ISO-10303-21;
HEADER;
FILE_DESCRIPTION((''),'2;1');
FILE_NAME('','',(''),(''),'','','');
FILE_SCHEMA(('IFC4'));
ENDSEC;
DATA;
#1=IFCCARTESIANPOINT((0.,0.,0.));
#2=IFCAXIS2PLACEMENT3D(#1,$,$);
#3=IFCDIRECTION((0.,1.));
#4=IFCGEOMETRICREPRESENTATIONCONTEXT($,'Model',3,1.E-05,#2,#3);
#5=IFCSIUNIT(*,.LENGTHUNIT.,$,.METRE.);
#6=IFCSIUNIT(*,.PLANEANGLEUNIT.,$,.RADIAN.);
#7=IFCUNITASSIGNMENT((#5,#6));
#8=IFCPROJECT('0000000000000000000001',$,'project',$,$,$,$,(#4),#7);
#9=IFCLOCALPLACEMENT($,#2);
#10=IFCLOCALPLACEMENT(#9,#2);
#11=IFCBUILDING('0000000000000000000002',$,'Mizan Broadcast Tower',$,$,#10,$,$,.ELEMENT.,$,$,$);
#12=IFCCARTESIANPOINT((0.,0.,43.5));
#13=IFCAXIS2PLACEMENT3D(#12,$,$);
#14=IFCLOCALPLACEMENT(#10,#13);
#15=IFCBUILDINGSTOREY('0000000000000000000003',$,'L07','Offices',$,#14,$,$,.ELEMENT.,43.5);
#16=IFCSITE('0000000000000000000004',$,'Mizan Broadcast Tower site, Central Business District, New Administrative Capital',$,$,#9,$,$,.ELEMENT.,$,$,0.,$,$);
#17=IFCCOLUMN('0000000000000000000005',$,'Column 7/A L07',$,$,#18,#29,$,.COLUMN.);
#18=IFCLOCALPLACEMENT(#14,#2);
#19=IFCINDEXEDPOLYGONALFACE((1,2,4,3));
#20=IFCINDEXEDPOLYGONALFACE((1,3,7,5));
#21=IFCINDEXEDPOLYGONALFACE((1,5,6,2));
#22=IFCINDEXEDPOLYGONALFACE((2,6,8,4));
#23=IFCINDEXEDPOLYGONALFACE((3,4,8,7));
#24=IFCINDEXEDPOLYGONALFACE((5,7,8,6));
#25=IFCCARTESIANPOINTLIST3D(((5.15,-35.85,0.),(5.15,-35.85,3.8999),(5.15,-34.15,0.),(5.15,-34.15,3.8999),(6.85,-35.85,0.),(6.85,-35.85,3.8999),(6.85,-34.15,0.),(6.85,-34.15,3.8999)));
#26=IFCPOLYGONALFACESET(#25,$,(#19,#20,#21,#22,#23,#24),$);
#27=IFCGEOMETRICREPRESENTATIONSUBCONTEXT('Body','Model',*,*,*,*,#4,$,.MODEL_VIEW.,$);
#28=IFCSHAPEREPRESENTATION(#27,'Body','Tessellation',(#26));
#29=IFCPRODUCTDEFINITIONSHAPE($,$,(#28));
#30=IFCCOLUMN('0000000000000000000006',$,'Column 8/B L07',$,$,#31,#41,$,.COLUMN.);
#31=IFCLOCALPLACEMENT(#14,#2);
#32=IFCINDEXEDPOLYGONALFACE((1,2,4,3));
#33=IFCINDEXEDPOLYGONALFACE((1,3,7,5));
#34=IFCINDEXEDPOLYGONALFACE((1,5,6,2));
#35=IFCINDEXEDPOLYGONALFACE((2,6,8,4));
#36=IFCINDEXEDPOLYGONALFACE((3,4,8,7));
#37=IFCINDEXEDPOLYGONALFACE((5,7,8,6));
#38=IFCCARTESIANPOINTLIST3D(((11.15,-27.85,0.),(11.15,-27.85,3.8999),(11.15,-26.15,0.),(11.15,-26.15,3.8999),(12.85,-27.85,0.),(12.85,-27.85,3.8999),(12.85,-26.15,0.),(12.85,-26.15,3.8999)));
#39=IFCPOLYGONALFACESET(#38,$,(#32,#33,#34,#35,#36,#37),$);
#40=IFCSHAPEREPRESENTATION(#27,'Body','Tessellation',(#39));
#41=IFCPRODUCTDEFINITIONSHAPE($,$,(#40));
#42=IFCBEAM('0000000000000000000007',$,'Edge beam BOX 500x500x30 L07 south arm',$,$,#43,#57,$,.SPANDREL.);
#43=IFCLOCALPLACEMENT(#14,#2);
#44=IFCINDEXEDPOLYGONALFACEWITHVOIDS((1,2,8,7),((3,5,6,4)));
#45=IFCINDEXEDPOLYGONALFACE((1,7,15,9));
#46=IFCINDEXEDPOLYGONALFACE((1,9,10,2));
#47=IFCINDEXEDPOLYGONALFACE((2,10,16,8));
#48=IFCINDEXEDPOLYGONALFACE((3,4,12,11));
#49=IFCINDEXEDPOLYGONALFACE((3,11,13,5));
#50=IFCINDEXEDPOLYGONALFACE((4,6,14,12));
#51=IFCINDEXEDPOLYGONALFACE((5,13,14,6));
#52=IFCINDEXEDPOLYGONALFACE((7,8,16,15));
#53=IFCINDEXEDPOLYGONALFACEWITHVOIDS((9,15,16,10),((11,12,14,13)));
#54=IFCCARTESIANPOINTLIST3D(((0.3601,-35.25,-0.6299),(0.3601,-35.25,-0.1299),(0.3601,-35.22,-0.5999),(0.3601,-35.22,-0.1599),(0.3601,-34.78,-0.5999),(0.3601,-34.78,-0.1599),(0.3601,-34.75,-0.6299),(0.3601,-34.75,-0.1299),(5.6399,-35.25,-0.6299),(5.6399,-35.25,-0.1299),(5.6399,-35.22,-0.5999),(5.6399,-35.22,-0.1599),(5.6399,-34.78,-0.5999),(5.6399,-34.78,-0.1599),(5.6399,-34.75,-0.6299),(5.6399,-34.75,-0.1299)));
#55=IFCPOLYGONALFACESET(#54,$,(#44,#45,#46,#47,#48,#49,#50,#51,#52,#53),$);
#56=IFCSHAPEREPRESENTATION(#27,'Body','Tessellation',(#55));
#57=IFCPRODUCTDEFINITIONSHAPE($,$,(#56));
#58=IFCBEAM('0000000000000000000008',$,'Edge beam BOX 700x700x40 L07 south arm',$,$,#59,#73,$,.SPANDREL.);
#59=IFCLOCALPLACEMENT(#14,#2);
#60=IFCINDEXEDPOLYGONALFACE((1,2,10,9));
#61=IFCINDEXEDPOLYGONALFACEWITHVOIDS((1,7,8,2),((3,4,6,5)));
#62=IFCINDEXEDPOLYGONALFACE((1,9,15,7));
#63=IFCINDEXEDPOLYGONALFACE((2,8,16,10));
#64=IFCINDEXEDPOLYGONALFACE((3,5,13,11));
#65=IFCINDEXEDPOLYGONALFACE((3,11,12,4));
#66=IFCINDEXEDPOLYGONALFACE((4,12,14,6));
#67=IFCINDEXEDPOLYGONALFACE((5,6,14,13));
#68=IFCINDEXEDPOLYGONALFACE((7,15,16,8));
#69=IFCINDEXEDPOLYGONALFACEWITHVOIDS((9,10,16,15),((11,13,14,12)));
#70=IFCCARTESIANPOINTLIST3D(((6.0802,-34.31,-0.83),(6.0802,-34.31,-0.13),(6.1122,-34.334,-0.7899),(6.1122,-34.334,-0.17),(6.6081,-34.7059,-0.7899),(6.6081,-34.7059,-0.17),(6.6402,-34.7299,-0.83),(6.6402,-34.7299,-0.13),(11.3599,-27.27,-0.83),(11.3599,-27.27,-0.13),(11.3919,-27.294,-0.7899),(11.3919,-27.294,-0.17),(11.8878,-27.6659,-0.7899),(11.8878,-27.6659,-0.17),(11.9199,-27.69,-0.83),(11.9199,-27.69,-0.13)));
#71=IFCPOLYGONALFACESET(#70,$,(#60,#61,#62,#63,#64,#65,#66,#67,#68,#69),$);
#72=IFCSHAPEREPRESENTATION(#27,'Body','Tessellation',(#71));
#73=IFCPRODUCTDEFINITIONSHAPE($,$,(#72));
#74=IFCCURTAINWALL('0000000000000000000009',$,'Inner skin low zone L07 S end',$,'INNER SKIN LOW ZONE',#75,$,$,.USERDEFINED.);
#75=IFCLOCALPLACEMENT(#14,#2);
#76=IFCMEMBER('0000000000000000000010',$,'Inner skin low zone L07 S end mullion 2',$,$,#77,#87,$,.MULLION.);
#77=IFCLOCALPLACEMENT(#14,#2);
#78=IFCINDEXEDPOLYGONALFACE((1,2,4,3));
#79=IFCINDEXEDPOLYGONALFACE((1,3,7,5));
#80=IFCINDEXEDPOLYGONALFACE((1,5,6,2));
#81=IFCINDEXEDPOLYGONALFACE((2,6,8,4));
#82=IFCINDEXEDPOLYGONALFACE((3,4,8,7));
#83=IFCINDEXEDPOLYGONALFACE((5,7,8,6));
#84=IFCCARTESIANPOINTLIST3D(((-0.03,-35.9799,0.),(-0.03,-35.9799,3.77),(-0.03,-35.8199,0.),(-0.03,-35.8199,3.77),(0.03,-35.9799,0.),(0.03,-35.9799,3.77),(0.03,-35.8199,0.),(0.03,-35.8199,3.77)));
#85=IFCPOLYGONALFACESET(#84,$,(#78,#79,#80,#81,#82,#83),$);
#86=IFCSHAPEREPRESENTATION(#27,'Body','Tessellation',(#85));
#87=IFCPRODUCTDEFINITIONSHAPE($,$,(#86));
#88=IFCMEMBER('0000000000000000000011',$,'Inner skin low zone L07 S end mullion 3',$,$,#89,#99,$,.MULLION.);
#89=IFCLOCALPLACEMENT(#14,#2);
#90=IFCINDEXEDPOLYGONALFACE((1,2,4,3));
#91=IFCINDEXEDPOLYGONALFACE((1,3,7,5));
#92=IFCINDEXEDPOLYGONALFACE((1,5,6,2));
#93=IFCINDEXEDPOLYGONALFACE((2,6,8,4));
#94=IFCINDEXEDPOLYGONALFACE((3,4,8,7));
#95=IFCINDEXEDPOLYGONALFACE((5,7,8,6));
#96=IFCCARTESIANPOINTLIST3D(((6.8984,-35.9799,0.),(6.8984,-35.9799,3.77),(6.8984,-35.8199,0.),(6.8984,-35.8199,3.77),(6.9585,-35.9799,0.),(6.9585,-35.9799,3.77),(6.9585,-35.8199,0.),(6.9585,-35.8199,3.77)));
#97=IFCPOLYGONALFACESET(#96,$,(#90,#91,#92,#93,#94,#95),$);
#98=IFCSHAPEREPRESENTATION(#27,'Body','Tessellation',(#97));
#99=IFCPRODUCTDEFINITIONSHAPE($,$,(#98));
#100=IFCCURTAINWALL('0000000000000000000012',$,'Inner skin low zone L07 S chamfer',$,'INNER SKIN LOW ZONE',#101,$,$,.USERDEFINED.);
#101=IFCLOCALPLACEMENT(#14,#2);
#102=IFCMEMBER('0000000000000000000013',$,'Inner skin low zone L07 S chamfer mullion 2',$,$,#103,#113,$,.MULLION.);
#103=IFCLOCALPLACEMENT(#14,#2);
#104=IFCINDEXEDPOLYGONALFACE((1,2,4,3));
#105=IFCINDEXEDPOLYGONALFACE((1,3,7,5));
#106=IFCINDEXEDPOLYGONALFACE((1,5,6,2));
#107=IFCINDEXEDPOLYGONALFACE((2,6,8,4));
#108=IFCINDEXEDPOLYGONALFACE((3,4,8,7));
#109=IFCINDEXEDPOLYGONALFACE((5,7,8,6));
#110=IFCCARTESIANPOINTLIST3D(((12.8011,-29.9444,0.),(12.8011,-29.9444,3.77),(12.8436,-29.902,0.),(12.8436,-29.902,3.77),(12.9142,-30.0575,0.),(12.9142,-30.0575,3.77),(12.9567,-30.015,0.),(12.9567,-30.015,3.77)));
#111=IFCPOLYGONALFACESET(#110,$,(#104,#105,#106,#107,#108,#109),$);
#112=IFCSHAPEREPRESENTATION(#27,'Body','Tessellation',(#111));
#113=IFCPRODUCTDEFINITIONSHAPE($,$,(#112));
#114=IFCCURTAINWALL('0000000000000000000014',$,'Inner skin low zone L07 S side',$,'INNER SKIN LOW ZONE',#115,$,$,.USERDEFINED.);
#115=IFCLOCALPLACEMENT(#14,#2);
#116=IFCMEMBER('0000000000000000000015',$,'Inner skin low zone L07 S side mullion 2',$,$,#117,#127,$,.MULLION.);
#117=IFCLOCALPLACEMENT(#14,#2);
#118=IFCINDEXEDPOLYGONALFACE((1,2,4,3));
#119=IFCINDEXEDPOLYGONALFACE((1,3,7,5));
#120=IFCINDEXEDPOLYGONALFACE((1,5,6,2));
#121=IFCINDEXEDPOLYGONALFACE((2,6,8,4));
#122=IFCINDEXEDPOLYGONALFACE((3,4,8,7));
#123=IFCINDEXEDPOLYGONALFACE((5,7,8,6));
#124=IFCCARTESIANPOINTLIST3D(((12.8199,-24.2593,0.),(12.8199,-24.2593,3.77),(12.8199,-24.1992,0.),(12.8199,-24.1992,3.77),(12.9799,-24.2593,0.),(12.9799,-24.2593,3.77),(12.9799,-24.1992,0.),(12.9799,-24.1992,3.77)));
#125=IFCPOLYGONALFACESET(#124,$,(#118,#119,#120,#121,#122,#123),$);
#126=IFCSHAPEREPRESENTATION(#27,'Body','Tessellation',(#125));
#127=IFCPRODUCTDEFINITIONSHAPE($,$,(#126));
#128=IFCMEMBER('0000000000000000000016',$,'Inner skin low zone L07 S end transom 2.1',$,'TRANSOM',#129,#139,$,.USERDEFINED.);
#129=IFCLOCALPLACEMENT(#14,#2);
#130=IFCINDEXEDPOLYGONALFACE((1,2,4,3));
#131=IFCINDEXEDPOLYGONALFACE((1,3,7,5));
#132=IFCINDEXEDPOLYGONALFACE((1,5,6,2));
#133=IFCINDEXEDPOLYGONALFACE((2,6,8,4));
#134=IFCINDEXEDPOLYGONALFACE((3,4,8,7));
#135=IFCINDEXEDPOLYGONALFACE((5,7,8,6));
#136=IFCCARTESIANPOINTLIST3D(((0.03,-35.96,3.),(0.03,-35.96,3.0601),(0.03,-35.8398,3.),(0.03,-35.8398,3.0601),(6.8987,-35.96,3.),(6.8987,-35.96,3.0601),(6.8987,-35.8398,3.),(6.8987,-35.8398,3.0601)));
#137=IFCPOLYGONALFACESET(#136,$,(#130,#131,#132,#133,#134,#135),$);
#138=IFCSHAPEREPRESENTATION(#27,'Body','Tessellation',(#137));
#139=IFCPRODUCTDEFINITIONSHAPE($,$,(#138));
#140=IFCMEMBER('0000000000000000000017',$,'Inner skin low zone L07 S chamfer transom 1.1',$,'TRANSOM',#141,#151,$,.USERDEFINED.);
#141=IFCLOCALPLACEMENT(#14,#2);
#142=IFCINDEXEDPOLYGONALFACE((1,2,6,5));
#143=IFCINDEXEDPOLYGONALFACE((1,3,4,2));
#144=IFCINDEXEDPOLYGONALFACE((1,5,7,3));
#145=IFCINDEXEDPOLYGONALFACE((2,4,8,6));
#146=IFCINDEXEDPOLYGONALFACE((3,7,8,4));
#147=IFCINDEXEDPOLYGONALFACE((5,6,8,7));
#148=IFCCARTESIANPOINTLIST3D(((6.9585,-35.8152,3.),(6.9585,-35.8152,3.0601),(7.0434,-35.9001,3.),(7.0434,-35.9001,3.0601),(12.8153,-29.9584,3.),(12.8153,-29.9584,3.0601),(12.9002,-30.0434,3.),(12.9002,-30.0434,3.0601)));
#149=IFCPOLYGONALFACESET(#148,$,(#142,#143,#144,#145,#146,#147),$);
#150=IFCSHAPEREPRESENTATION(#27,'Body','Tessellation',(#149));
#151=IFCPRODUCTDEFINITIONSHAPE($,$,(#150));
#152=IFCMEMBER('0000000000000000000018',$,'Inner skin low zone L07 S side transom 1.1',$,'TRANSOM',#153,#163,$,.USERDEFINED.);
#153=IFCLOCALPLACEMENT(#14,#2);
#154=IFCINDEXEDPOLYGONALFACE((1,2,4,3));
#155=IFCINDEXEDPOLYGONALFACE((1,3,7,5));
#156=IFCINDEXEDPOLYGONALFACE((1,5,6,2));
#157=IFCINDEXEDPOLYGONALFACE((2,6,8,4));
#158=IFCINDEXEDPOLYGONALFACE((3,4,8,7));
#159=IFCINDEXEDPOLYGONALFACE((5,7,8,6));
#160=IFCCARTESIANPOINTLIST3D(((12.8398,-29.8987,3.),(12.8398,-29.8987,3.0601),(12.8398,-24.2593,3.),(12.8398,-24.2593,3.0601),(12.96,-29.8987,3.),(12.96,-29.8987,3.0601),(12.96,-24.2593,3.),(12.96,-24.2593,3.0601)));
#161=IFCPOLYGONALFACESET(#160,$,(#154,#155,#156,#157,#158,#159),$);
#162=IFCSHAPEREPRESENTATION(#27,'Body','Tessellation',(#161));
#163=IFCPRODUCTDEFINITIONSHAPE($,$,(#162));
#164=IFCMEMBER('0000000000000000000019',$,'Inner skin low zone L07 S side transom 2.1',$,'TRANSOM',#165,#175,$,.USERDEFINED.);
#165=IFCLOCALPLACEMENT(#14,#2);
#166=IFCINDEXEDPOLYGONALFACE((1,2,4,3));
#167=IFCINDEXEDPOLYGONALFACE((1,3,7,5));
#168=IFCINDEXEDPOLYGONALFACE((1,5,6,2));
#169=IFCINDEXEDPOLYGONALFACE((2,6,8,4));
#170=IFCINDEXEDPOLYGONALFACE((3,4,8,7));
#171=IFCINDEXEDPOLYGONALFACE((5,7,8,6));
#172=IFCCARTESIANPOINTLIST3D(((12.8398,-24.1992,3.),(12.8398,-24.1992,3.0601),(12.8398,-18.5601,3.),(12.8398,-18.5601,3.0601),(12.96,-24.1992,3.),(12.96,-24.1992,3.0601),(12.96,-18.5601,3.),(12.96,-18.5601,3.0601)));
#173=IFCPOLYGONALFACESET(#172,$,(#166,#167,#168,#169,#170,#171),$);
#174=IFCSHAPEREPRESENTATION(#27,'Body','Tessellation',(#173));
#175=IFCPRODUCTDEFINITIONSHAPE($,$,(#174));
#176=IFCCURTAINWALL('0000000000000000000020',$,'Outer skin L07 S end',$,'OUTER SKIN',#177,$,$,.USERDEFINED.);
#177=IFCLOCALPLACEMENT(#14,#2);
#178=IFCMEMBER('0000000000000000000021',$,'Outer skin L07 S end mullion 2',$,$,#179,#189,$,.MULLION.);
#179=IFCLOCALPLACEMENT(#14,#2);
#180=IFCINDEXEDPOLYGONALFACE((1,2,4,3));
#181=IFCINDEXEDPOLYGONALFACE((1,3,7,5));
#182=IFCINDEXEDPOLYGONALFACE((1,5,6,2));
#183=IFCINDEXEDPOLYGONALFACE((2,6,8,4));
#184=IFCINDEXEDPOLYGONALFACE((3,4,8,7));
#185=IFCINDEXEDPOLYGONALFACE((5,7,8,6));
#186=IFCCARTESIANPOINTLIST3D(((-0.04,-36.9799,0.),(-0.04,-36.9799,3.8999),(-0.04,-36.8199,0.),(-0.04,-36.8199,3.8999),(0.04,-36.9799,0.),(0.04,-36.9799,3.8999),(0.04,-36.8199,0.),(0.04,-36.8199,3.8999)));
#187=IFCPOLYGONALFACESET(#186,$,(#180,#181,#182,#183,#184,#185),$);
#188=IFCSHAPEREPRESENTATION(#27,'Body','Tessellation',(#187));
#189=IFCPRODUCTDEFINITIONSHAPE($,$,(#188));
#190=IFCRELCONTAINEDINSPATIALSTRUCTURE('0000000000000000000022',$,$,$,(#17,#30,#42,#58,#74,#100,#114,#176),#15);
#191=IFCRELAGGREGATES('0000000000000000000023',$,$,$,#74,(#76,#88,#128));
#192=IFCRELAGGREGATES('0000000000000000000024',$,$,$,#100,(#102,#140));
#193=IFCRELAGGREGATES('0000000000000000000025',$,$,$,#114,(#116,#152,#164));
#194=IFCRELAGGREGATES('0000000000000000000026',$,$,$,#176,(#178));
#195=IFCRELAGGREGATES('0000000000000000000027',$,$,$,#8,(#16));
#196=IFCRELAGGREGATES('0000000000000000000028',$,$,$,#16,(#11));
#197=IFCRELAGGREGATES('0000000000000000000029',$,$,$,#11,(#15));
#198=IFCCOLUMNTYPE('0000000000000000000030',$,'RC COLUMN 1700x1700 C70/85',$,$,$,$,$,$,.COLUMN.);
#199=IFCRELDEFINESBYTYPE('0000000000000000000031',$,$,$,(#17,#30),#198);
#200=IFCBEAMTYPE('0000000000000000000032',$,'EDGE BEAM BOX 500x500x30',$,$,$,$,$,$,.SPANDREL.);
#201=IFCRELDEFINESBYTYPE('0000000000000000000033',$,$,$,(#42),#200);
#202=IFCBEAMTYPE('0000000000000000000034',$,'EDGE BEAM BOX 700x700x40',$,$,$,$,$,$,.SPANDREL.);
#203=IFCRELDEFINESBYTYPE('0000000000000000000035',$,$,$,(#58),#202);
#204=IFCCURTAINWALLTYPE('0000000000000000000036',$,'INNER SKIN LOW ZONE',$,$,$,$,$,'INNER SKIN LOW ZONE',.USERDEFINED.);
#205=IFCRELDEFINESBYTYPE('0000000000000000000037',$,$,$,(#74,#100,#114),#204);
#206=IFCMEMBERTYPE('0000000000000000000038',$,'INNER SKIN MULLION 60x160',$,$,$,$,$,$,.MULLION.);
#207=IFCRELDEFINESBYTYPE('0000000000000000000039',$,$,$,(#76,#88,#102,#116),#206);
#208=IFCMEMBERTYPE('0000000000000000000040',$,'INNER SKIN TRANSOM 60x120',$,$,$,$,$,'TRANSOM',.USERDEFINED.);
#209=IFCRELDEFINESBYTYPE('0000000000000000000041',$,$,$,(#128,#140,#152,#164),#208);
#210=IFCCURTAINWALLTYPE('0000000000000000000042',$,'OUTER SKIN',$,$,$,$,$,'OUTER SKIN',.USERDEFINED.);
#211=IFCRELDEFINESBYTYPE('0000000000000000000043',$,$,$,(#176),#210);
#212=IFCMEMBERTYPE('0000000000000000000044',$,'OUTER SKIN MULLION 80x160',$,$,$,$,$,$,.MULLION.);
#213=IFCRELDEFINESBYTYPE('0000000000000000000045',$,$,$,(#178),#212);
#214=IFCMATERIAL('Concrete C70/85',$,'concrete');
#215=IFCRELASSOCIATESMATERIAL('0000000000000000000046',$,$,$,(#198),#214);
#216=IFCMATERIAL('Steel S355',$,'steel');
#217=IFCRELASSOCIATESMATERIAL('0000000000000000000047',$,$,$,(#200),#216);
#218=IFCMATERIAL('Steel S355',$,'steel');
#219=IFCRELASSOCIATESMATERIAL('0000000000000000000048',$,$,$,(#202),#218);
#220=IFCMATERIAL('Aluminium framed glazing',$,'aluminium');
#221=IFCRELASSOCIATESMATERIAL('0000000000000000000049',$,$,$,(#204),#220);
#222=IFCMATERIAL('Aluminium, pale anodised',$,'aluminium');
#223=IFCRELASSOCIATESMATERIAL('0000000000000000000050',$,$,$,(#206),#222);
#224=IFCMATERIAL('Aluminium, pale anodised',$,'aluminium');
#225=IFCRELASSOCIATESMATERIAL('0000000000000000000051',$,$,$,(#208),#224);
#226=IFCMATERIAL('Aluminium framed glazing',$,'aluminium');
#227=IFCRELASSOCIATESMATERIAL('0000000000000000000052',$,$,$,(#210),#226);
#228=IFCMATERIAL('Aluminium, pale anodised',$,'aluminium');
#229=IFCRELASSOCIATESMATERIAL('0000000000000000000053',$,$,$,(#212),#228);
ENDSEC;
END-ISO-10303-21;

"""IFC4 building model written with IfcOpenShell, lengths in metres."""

from ifc_helpers import new_model, si_unit, direction, frame, origin, origin_2d, place, context, subcontext, project, spatial, rectangle, hollow_rectangle, extrude, material, material_profile, profile_set, type_object, element, aggregate, save


model = new_model("IFC4")

# Units and contexts
model_context = context("Model", 3, precision=1e-05, world=origin(), true_north=direction((0.0, 1.0)))
body_context = subcontext(model_context, "Body", "Model", "MODEL_VIEW")
ifc_project = project(units=[si_unit("LENGTHUNIT", "METRE"), si_unit("PLANEANGLEUNIT", "RADIAN")], contexts=[model_context])

# Site, building, storey
site_placement = place(None, origin())
site = spatial("IfcSite", under=ifc_project, at=site_placement, Name="Mizan Broadcast Tower site, Central Business District, New Administrative Capital", CompositionType="ELEMENT", RefElevation=0.0)
building_placement = place(site_placement, origin())
building = spatial("IfcBuilding", under=site, at=building_placement, Name="Mizan Broadcast Tower", CompositionType="ELEMENT")
storey_placement = place(building_placement, frame((0.0, 0.0, 43.5)))
storey = spatial("IfcBuildingStorey", under=building, at=storey_placement, Name="L07", Description="Offices", CompositionType="ELEMENT", Elevation=43.5)

# Columns
ifc_material_1 = material(Name="Concrete C70/85", Category="concrete")
ifc_material_profile_1 = material_profile(ifc_material_1, rectangle(XDim=1.7, YDim=1.7, at=origin_2d()), Name="RC 1700x1700")
ifc_profile_set_1 = profile_set([ifc_material_profile_1], Name="Concrete C70/85")
column_type = type_object("IfcColumnType", Name="RC COLUMN 1700x1700 C70/85", PredefinedType="COLUMN", material=ifc_profile_set_1)
for number, where, z_axis, x_axis, name in (
    (1, (6.0, -35.0, 0.0), (0.0, 0.0, 1.0), (1.0, 0.0, 0.0), "Column 7/A L07"),
    (2, (12.0, -27.0, 0.0), (0.0, 0.0, 1.0), (1.0, 0.0, 0.0), "Column 8/B L07"),
):
    element("IfcColumn", number, at=place(storey_placement, frame(where, z_axis=z_axis, x_axis=x_axis)), inside=storey, type_object=column_type, Name=name, PredefinedType="COLUMN", context=body_context, shape_type="SweptSolid", body=[
        extrude(rectangle(XDim=1.7, YDim=1.7, at=origin_2d()), origin(), (0.0, 0.0, 1.0), 3.8999),
    ])

# Beams
ifc_material_2 = material(Name="Steel S355", Category="steel")
ifc_material_profile_2 = material_profile(ifc_material_2, hollow_rectangle(XDim=0.5, YDim=0.5, WallThickness=0.03, at=origin_2d()), Name="BOX 500x500x30")
ifc_profile_set_2 = profile_set([ifc_material_profile_2], Name="Steel S355")
beam_type_1 = type_object("IfcBeamType", Name="EDGE BEAM BOX 500x500x30", PredefinedType="SPANDREL", material=ifc_profile_set_2)
beam_1_placement = place(storey_placement, frame((5.6399, -35.0, -0.3799), z_axis=(-1.0, 0.0, 0.0), x_axis=(0.0, -1.0, 0.0)))
element("IfcBeam", 3, at=beam_1_placement, inside=storey, type_object=beam_type_1, Name="Edge beam BOX 500x500x30 L07 south arm", PredefinedType="SPANDREL", context=body_context, shape_type="SweptSolid", body=[
    extrude(hollow_rectangle(XDim=0.5, YDim=0.5, WallThickness=0.03, at=origin_2d()), origin(), (0.0, 0.0, 1.0), 5.2798),
])
ifc_material_3 = material(Name="Steel S355", Category="steel")
ifc_material_profile_3 = material_profile(ifc_material_3, hollow_rectangle(XDim=0.7, YDim=0.7, WallThickness=0.04, at=origin_2d()), Name="BOX 700x700x40")
ifc_profile_set_3 = profile_set([ifc_material_profile_3], Name="Steel S355")
beam_type_2 = type_object("IfcBeamType", Name="EDGE BEAM BOX 700x700x40", PredefinedType="SPANDREL", material=ifc_profile_set_3)
beam_2_placement = place(storey_placement, frame((11.6399, -27.48, -0.48), z_axis=(-0.599982, -0.800013, 0.0), x_axis=(0.800013, -0.599982, 0.0)))
element("IfcBeam", 4, at=beam_2_placement, inside=storey, type_object=beam_type_2, Name="Edge beam BOX 700x700x40 L07 south arm", PredefinedType="SPANDREL", context=body_context, shape_type="SweptSolid", body=[
    extrude(hollow_rectangle(XDim=0.7, YDim=0.7, WallThickness=0.04, at=origin_2d()), origin(), (0.0, 0.0, 1.0), 8.7998),
])

# Curtain wall, members
ifc_material_4 = material(Name="Aluminium framed glazing", Category="aluminium")
curtain_wall_type_1 = type_object("IfcCurtainWallType", Name="INNER SKIN LOW ZONE", ElementType="INNER SKIN LOW ZONE", PredefinedType="USERDEFINED", material=ifc_material_4)
curtain_wall_1_placement = place(storey_placement, origin())
curtain_wall_1 = element("IfcCurtainWall", 5, at=curtain_wall_1_placement, inside=storey, type_object=curtain_wall_type_1, Name="Inner skin low zone L07 S end", ObjectType="INNER SKIN LOW ZONE", PredefinedType="USERDEFINED")
ifc_material_5 = material(Name="Aluminium, pale anodised", Category="aluminium")
ifc_material_profile_4 = material_profile(ifc_material_5, rectangle(XDim=0.1599, YDim=0.0601, at=origin_2d()), Name="MULLION 160x60")
ifc_profile_set_4 = profile_set([ifc_material_profile_4], Name="Aluminium, pale anodised")
member_type_1 = type_object("IfcMemberType", Name="INNER SKIN MULLION 60x160", PredefinedType="MULLION", material=ifc_profile_set_4)
member_1_placement = place(storey_placement, frame((0.0, -35.8999, 0.0), z_axis=(0.0, 0.0, 1.0), x_axis=(0.0, 1.0, 0.0)))
member_1 = element("IfcMember", 6, at=member_1_placement, type_object=member_type_1, Name="Inner skin low zone L07 S end mullion 2", PredefinedType="MULLION", context=body_context, shape_type="SweptSolid", body=[
    extrude(rectangle(XDim=0.1599, YDim=0.0601, at=origin_2d()), origin(), (0.0, 0.0, 1.0), 3.77),
])
member_2_placement = place(storey_placement, frame((6.9285, -35.8999, 0.0), z_axis=(0.0, 0.0, 1.0), x_axis=(0.0, 1.0, 0.0)))
member_2 = element("IfcMember", 7, at=member_2_placement, type_object=member_type_1, Name="Inner skin low zone L07 S end mullion 3", PredefinedType="MULLION", context=body_context, shape_type="SweptSolid", body=[
    extrude(rectangle(XDim=0.1599, YDim=0.0601, at=origin_2d()), origin(), (0.0, 0.0, 1.0), 3.77),
])

# Curtain walls, members
curtain_wall_2_placement = place(storey_placement, origin())
curtain_wall_2 = element("IfcCurtainWall", 8, at=curtain_wall_2_placement, inside=storey, type_object=curtain_wall_type_1, Name="Inner skin low zone L07 S chamfer", ObjectType="INNER SKIN LOW ZONE", PredefinedType="USERDEFINED")
member_3_placement = place(storey_placement, frame((12.8789, -29.9797, 0.0), z_axis=(0.0, 0.0, 1.0), x_axis=(-0.707107, 0.707107, 0.0)))
member_3 = element("IfcMember", 9, at=member_3_placement, type_object=member_type_1, Name="Inner skin low zone L07 S chamfer mullion 2", PredefinedType="MULLION", context=body_context, shape_type="SweptSolid", body=[
    extrude(rectangle(XDim=0.1599, YDim=0.0601, at=origin_2d()), origin(), (0.0, 0.0, 1.0), 3.77),
])
curtain_wall_3_placement = place(storey_placement, origin())
curtain_wall_3 = element("IfcCurtainWall", 10, at=curtain_wall_3_placement, inside=storey, type_object=curtain_wall_type_1, Name="Inner skin low zone L07 S side", ObjectType="INNER SKIN LOW ZONE", PredefinedType="USERDEFINED")
member_4_placement = place(storey_placement, frame((12.8999, -24.2292, 0.0), z_axis=(0.0, 0.0, 1.0), x_axis=(-1.0, 0.0, 0.0)))
member_4 = element("IfcMember", 11, at=member_4_placement, type_object=member_type_1, Name="Inner skin low zone L07 S side mullion 2", PredefinedType="MULLION", context=body_context, shape_type="SweptSolid", body=[
    extrude(rectangle(XDim=0.1599, YDim=0.0601, at=origin_2d()), origin(), (0.0, 0.0, 1.0), 3.77),
])

# Members
ifc_material_6 = material(Name="Aluminium, pale anodised", Category="aluminium")
ifc_material_profile_5 = material_profile(ifc_material_6, rectangle(XDim=0.1201, YDim=0.0601, at=origin_2d()), Name="TRANSOM 120x60")
ifc_profile_set_5 = profile_set([ifc_material_profile_5], Name="Aluminium, pale anodised")
member_type_2 = type_object("IfcMemberType", Name="INNER SKIN TRANSOM 60x120", ElementType="TRANSOM", PredefinedType="USERDEFINED", material=ifc_profile_set_5)
member_5_placement = place(storey_placement, frame((0.03, -35.8999, 3.03), z_axis=(1.0, 0.0, 0.0), x_axis=(0.0, 1.0, 0.0)))
member_5 = element("IfcMember", 12, at=member_5_placement, type_object=member_type_2, Name="Inner skin low zone L07 S end transom 2.1", ObjectType="TRANSOM", PredefinedType="USERDEFINED", context=body_context, shape_type="SweptSolid", body=[
    extrude(rectangle(XDim=0.1201, YDim=0.0601, at=origin_2d()), origin(), (0.0, 0.0, 1.0), 6.8687),
])
member_6_placement = place(storey_placement, frame((7.001, -35.8577, 3.03), z_axis=(0.707107, 0.707107, 0.0), x_axis=(-0.707107, 0.707107, 0.0)))
member_6 = element("IfcMember", 13, at=member_6_placement, type_object=member_type_2, Name="Inner skin low zone L07 S chamfer transom 1.1", ObjectType="TRANSOM", PredefinedType="USERDEFINED", context=body_context, shape_type="SweptSolid", body=[
    extrude(rectangle(XDim=0.1201, YDim=0.0601, at=origin_2d()), origin(), (0.0, 0.0, 1.0), 8.2827),
])
member_7_placement = place(storey_placement, frame((12.8999, -29.8987, 3.03), z_axis=(0.0, 1.0, 0.0), x_axis=(-1.0, 0.0, 0.0)))
member_7 = element("IfcMember", 14, at=member_7_placement, type_object=member_type_2, Name="Inner skin low zone L07 S side transom 1.1", ObjectType="TRANSOM", PredefinedType="USERDEFINED", context=body_context, shape_type="SweptSolid", body=[
    extrude(rectangle(XDim=0.1201, YDim=0.0601, at=origin_2d()), origin(), (0.0, 0.0, 1.0), 5.6394),
])
member_8_placement = place(storey_placement, frame((12.8999, -24.1992, 3.03), z_axis=(0.0, 1.0, 0.0), x_axis=(-1.0, 0.0, 0.0)))
member_8 = element("IfcMember", 15, at=member_8_placement, type_object=member_type_2, Name="Inner skin low zone L07 S side transom 2.1", ObjectType="TRANSOM", PredefinedType="USERDEFINED", context=body_context, shape_type="SweptSolid", body=[
    extrude(rectangle(XDim=0.1201, YDim=0.0601, at=origin_2d()), origin(), (0.0, 0.0, 1.0), 5.6392),
])

# Curtain wall, member
ifc_material_7 = material(Name="Aluminium framed glazing", Category="aluminium")
curtain_wall_type_2 = type_object("IfcCurtainWallType", Name="OUTER SKIN", ElementType="OUTER SKIN", PredefinedType="USERDEFINED", material=ifc_material_7)
curtain_wall_4_placement = place(storey_placement, origin())
curtain_wall_4 = element("IfcCurtainWall", 16, at=curtain_wall_4_placement, inside=storey, type_object=curtain_wall_type_2, Name="Outer skin L07 S end", ObjectType="OUTER SKIN", PredefinedType="USERDEFINED")
ifc_material_8 = material(Name="Aluminium, pale anodised", Category="aluminium")
ifc_material_profile_6 = material_profile(ifc_material_8, rectangle(XDim=0.1599, YDim=0.0801, at=origin_2d()), Name="MULLION 160x80")
ifc_profile_set_6 = profile_set([ifc_material_profile_6], Name="Aluminium, pale anodised")
member_type_3 = type_object("IfcMemberType", Name="OUTER SKIN MULLION 80x160", PredefinedType="MULLION", material=ifc_profile_set_6)
member_9_placement = place(storey_placement, frame((0.0, -36.8999, 0.0), z_axis=(0.0, 0.0, 1.0), x_axis=(0.0, 1.0, 0.0)))
member_9 = element("IfcMember", 17, at=member_9_placement, type_object=member_type_3, Name="Outer skin L07 S end mullion 2", PredefinedType="MULLION", context=body_context, shape_type="SweptSolid", body=[
    extrude(rectangle(XDim=0.1599, YDim=0.0801, at=origin_2d()), origin(), (0.0, 0.0, 1.0), 3.8999),
])

aggregate(curtain_wall_1, [member_1, member_2, member_5])
aggregate(curtain_wall_2, [member_3, member_6])
aggregate(curtain_wall_3, [member_4, member_7, member_8])
aggregate(curtain_wall_4, [member_9])

save(model, "model.ifc")
